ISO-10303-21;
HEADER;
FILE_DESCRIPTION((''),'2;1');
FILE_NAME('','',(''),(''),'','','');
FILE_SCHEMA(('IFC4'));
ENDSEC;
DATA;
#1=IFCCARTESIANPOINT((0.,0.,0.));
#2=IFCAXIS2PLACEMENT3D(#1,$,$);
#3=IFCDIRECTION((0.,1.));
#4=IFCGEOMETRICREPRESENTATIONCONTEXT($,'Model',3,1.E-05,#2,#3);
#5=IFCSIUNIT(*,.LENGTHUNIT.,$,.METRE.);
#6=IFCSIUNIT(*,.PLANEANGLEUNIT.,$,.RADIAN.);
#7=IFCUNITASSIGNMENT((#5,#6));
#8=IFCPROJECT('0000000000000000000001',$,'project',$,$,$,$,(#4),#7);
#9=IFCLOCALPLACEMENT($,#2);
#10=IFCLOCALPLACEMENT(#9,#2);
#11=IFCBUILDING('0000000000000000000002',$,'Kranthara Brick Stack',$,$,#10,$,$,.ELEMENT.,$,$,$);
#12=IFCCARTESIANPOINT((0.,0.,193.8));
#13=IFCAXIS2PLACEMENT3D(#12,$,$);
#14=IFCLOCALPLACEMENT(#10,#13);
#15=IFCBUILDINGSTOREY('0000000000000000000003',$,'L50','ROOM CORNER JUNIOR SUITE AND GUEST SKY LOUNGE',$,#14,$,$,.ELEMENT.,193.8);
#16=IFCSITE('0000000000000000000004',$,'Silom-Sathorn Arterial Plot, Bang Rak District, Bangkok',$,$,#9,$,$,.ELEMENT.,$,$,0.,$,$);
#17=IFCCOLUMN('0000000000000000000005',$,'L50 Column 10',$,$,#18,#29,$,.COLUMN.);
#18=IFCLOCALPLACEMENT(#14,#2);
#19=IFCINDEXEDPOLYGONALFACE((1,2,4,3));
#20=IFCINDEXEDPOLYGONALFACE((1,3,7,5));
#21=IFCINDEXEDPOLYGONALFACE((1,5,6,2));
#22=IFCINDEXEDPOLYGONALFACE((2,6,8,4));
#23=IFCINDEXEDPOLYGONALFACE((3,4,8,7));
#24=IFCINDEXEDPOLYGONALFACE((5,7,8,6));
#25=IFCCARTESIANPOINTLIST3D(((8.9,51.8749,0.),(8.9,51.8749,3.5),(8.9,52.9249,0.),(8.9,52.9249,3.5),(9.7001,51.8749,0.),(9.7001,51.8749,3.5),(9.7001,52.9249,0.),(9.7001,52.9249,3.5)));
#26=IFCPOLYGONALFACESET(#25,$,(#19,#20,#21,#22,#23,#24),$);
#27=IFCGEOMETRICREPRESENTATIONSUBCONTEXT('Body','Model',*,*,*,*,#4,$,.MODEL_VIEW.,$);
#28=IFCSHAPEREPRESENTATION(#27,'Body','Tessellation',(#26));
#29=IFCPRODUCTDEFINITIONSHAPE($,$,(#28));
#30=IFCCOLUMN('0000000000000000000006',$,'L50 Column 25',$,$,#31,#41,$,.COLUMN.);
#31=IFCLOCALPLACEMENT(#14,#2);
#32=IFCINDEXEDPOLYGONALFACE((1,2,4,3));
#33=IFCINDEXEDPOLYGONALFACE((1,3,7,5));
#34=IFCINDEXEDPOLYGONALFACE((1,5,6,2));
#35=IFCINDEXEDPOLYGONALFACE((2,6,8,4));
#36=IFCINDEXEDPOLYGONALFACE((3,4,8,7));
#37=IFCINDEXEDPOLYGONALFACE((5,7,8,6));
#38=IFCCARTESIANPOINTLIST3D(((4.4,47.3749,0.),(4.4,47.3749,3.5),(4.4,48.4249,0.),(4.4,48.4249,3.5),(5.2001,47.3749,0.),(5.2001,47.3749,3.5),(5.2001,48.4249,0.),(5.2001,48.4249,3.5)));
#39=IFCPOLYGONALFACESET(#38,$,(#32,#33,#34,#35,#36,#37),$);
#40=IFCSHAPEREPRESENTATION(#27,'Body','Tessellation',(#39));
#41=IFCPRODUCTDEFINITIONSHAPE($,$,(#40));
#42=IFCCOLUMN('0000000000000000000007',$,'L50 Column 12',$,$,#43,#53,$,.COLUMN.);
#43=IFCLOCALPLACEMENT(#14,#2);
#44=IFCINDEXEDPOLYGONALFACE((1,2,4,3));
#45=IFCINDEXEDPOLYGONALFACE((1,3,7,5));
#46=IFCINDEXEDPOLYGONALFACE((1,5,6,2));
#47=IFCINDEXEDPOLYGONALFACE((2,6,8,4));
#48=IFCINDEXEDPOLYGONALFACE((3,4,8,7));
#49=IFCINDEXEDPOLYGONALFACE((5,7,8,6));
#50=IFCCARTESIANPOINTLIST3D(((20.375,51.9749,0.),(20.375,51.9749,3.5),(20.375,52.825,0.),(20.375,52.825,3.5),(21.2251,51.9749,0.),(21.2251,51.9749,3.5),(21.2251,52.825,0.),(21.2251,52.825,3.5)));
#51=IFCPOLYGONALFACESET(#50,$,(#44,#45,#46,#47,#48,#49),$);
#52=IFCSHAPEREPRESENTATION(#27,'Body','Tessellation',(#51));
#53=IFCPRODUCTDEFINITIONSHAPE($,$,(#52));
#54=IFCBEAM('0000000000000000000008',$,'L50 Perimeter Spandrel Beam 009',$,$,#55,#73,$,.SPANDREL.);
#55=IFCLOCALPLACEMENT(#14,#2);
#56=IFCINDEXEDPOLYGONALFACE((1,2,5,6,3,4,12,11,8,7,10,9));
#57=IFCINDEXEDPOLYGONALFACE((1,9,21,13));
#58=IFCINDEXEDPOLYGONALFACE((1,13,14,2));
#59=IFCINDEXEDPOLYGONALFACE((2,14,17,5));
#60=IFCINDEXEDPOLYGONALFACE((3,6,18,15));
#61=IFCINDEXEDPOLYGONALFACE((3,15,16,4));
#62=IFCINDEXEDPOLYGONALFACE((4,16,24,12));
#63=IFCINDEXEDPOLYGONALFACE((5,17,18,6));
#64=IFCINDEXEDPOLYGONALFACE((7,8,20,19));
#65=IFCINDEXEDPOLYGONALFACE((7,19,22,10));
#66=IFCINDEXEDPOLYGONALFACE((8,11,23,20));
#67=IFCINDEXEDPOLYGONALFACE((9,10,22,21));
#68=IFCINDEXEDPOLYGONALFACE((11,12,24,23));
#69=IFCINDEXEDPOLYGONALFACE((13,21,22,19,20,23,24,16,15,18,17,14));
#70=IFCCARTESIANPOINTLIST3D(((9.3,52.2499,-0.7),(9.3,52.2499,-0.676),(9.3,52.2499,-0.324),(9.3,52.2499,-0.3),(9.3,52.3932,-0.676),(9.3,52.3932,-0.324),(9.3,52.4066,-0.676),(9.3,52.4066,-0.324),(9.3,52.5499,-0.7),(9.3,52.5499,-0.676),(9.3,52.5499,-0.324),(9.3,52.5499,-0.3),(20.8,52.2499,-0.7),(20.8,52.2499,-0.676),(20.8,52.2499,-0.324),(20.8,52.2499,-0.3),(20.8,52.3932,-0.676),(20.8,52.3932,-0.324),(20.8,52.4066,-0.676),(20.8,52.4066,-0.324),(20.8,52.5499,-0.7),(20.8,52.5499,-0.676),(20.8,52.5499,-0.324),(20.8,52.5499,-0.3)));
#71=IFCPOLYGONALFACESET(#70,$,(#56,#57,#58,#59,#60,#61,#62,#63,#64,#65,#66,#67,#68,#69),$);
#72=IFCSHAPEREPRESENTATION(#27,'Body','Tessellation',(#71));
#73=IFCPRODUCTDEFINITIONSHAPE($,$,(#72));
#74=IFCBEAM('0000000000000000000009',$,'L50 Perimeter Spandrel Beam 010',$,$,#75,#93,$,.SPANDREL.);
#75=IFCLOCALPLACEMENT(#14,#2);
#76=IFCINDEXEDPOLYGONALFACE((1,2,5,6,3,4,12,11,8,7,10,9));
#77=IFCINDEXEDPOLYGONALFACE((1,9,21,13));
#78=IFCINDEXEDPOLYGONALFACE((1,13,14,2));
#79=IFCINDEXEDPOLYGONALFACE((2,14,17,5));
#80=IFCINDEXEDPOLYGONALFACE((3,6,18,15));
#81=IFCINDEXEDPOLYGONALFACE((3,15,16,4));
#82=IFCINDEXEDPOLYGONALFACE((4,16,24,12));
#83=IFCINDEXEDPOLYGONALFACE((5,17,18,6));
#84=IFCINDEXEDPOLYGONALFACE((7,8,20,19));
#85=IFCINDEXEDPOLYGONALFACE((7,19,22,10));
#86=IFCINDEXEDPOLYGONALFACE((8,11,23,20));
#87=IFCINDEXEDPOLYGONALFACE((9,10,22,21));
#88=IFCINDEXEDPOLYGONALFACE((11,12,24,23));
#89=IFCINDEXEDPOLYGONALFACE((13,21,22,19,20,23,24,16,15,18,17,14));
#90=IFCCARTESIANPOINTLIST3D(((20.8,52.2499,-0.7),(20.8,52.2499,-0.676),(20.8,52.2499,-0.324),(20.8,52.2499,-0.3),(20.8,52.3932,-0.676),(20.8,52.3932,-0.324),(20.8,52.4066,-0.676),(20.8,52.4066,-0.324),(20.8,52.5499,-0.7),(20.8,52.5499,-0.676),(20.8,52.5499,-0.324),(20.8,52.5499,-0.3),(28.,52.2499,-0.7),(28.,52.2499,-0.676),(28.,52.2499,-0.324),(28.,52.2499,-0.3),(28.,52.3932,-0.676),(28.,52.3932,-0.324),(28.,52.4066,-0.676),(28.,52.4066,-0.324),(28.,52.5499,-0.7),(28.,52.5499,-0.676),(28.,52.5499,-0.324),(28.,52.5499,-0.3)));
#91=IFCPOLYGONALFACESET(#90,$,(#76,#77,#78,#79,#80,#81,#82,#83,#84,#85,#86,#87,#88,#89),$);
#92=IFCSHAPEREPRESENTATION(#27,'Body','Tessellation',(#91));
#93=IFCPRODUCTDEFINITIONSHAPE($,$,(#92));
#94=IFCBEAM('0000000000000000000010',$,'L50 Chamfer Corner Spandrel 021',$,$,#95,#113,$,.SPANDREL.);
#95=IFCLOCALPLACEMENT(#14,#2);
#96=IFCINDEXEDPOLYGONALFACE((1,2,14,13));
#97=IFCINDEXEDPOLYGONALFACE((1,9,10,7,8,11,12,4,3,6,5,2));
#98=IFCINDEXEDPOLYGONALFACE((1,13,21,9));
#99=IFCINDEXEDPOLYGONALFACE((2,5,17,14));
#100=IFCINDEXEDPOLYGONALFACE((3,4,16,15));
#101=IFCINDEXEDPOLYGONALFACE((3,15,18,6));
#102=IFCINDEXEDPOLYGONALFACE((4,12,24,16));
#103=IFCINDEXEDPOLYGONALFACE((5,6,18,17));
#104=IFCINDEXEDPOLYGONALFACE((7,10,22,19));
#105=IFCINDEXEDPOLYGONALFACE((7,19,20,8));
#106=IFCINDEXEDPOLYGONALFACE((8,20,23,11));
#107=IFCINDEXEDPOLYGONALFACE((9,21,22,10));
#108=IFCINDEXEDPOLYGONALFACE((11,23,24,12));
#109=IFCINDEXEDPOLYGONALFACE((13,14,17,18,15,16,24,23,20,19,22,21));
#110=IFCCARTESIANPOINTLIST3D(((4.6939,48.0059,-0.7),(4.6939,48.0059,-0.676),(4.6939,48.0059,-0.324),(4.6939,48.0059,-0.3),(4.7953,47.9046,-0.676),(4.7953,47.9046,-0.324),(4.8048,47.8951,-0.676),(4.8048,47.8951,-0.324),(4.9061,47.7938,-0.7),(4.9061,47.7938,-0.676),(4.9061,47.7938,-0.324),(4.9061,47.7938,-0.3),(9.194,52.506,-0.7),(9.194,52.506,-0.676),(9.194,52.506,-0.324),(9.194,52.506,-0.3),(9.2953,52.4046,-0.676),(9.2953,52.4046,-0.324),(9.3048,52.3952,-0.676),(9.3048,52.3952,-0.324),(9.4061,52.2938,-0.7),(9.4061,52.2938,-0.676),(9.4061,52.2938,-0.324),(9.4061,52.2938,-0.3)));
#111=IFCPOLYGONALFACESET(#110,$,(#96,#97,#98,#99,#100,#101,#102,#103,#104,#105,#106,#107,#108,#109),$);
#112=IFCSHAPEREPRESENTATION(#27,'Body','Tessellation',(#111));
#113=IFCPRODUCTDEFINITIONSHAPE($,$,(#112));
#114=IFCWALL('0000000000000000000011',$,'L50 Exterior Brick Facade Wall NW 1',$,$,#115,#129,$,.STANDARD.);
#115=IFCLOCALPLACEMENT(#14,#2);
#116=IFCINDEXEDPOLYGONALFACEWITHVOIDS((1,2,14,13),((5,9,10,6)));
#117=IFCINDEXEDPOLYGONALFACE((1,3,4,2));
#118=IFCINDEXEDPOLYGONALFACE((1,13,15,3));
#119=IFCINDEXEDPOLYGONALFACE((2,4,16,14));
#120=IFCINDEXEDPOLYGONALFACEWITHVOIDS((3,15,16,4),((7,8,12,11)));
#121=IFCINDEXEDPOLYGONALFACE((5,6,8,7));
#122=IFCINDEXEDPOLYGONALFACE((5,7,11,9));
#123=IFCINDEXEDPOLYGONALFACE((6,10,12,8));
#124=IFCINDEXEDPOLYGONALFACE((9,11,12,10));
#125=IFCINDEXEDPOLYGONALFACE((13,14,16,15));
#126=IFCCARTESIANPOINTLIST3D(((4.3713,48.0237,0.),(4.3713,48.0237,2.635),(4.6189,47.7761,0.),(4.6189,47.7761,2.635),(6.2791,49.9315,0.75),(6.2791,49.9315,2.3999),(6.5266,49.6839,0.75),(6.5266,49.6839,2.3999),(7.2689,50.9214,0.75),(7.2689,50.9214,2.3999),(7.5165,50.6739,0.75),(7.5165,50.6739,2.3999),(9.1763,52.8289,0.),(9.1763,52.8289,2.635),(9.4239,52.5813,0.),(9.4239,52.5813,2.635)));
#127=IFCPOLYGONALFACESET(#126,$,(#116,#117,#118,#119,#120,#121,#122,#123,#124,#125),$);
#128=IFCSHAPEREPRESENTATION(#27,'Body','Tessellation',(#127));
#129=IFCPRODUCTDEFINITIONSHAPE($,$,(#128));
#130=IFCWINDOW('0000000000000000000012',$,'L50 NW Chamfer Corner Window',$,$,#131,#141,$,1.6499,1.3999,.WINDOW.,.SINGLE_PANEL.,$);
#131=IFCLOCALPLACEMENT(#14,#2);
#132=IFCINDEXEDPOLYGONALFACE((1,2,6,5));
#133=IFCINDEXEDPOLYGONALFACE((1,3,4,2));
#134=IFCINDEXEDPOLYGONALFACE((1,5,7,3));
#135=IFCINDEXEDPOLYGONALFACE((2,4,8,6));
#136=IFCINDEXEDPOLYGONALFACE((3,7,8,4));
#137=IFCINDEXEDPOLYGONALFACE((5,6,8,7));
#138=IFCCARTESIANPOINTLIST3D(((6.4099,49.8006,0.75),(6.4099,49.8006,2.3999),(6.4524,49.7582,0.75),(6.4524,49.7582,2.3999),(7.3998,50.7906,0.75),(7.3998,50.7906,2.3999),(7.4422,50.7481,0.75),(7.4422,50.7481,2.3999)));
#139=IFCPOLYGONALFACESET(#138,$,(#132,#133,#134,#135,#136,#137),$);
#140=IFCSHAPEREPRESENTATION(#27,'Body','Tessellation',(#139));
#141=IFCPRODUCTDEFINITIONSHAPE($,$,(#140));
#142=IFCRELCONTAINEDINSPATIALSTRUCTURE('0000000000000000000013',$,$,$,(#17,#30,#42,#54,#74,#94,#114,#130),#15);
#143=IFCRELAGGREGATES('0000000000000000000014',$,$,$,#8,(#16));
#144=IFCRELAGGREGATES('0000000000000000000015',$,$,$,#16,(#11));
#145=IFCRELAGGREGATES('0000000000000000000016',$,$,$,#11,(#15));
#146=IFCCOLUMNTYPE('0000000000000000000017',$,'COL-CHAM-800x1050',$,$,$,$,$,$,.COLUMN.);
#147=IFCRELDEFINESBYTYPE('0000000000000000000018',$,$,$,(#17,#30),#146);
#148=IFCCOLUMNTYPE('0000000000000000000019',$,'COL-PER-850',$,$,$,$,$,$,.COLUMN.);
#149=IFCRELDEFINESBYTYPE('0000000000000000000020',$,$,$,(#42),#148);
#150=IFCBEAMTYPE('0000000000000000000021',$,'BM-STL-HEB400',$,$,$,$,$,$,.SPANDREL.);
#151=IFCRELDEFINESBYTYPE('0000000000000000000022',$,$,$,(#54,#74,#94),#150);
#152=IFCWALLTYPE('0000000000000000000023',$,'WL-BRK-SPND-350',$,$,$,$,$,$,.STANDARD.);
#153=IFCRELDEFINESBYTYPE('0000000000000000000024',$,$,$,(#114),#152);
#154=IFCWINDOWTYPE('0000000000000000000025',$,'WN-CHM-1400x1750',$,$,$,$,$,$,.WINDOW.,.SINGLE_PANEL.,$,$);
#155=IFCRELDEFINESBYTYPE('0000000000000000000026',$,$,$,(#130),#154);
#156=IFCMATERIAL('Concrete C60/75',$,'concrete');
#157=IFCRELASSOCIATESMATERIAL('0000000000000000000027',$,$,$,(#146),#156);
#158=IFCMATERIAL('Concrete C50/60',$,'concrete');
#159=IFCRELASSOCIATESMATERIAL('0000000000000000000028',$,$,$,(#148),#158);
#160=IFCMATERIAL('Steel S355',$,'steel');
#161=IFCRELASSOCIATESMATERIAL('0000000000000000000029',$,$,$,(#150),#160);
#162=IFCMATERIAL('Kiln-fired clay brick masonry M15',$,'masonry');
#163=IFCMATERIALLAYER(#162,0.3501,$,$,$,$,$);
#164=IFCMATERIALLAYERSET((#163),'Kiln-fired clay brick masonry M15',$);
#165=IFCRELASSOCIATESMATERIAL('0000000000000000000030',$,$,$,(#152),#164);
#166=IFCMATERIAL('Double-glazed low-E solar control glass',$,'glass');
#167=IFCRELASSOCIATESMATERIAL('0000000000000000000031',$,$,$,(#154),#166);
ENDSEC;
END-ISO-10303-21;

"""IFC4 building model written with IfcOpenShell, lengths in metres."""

from ifc_helpers import new_model, si_unit, direction, frame, frame_2d, origin, origin_2d, place, context, subcontext, project, spatial, rectangle, i_section, extrude, material, layer, layer_set, material_profile, profile_set, type_object, element, fill, save


model = new_model("IFC4")

# Units and contexts
model_context = context("Model", 3, precision=1e-05, world=origin(), true_north=direction((0.0, 1.0)))
body_context = subcontext(model_context, "Body", "Model", "MODEL_VIEW")
ifc_project = project(units=[si_unit("LENGTHUNIT", "METRE"), si_unit("PLANEANGLEUNIT", "RADIAN")], contexts=[model_context])

# Site, building, storey
site_placement = place(None, origin())
site = spatial("IfcSite", under=ifc_project, at=site_placement, Name="Silom-Sathorn Arterial Plot, Bang Rak District, Bangkok", CompositionType="ELEMENT", RefElevation=0.0)
building_placement = place(site_placement, origin())
building = spatial("IfcBuilding", under=site, at=building_placement, Name="Kranthara Brick Stack", CompositionType="ELEMENT")
storey_placement = place(building_placement, frame((0.0, 0.0, 193.8)))
storey = spatial("IfcBuildingStorey", under=building, at=storey_placement, Name="L50", Description="ROOM CORNER JUNIOR SUITE AND GUEST SKY LOUNGE", CompositionType="ELEMENT", Elevation=193.8)

# Columns
ifc_material_1 = material(Name="Concrete C60/75", Category="concrete")
ifc_material_profile_1 = material_profile(ifc_material_1, rectangle(XDim=0.8, YDim=1.05, at=origin_2d()), Name="RC 800x1050")
ifc_profile_set_1 = profile_set([ifc_material_profile_1], Name="Concrete C60/75")
column_type_1 = type_object("IfcColumnType", Name="COL-CHAM-800x1050", PredefinedType="COLUMN", material=ifc_profile_set_1)
for number, where, z_axis, x_axis, name in (
    (1, (9.3, 52.3999, 0.0), (0.0, 0.0, 1.0), (1.0, 0.0, 0.0), "L50 Column 10"),
    (2, (4.8, 47.8999, 0.0), (0.0, 0.0, 1.0), (1.0, 0.0, 0.0), "L50 Column 25"),
):
    element("IfcColumn", number, at=place(storey_placement, frame(where, z_axis=z_axis, x_axis=x_axis)), inside=storey, type_object=column_type_1, Name=name, PredefinedType="COLUMN", context=body_context, shape_type="SweptSolid", body=[
        extrude(rectangle(XDim=0.8, YDim=1.05, at=origin_2d()), origin(), (0.0, 0.0, 1.0), 3.5),
    ])
ifc_material_2 = material(Name="Concrete C50/60", Category="concrete")
ifc_material_profile_2 = material_profile(ifc_material_2, rectangle(XDim=0.8501, YDim=0.8501, at=origin_2d()), Name="RC 850x850")
ifc_profile_set_2 = profile_set([ifc_material_profile_2], Name="Concrete C50/60")
column_type_2 = type_object("IfcColumnType", Name="COL-PER-850", PredefinedType="COLUMN", material=ifc_profile_set_2)
column_placement = place(storey_placement, frame((20.8, 52.3999, 0.0), z_axis=(0.0, 0.0, 1.0), x_axis=(1.0, 0.0, 0.0)))
element("IfcColumn", 3, at=column_placement, inside=storey, type_object=column_type_2, Name="L50 Column 12", PredefinedType="COLUMN", context=body_context, shape_type="SweptSolid", body=[
    extrude(rectangle(XDim=0.8501, YDim=0.8501, at=origin_2d()), origin(), (0.0, 0.0, 1.0), 3.5),
])

# Beams
ifc_material_3 = material(Name="Steel S355", Category="steel")
ifc_material_profile_3 = material_profile(ifc_material_3, i_section(OverallWidth=0.3, OverallDepth=0.3999, WebThickness=0.0134, FlangeThickness=0.0239, at=origin_2d()), Name="HEB 400")
ifc_profile_set_3 = profile_set([ifc_material_profile_3], Name="Steel S355")
beam_type = type_object("IfcBeamType", Name="BM-STL-HEB400", PredefinedType="SPANDREL", material=ifc_profile_set_3)
beam_1_placement = place(storey_placement, frame((9.3, 52.3999, -0.5), z_axis=(1.0, 0.0, 0.0), x_axis=(0.0, 1.0, 0.0)))
element("IfcBeam", 4, at=beam_1_placement, inside=storey, type_object=beam_type, Name="L50 Perimeter Spandrel Beam 009", PredefinedType="SPANDREL", context=body_context, shape_type="SweptSolid", body=[
    extrude(i_section(OverallWidth=0.3, OverallDepth=0.3999, WebThickness=0.0134, FlangeThickness=0.0239, at=origin_2d()), origin(), (0.0, 0.0, 1.0), 11.5),
])
beam_2_placement = place(storey_placement, frame((20.8, 52.3999, -0.5), z_axis=(1.0, 0.0, 0.0), x_axis=(0.0, 1.0, 0.0)))
element("IfcBeam", 5, at=beam_2_placement, inside=storey, type_object=beam_type, Name="L50 Perimeter Spandrel Beam 010", PredefinedType="SPANDREL", context=body_context, shape_type="SweptSolid", body=[
    extrude(i_section(OverallWidth=0.3, OverallDepth=0.3999, WebThickness=0.0134, FlangeThickness=0.0239, at=origin_2d()), origin(), (0.0, 0.0, 1.0), 7.2),
])
beam_3_placement = place(storey_placement, frame((9.3, 52.3999, -0.5), z_axis=(-0.707107, -0.707107, 0.0), x_axis=(0.707107, -0.707107, 0.0)))
element("IfcBeam", 6, at=beam_3_placement, inside=storey, type_object=beam_type, Name="L50 Chamfer Corner Spandrel 021", PredefinedType="SPANDREL", context=body_context, shape_type="SweptSolid", body=[
    extrude(i_section(OverallWidth=0.3, OverallDepth=0.3999, WebThickness=0.0134, FlangeThickness=0.0239, at=origin_2d()), origin(), (0.0, 0.0, 1.0), 6.364),
])

# Wall, opening, window
ifc_material_4 = material(Name="Kiln-fired clay brick masonry M15", Category="masonry")
ifc_layer_1 = layer(ifc_material_4, 0.3501)
ifc_layer_set_1 = layer_set([ifc_layer_1], Name="Kiln-fired clay brick masonry M15")
wall_type_1 = type_object("IfcWallType", Name="WL-BRK-SPND-350", PredefinedType="STANDARD", material=ifc_layer_set_1)
wall_1_placement = place(storey_placement, frame((4.4951, 47.8999, 0.0), z_axis=(0.0, 0.0, 1.0), x_axis=(0.707089, 0.707125, 0.0)))
wall_1 = element("IfcWall", 7, at=wall_1_placement, inside=storey, type_object=wall_type_1, Name="L50 Exterior Brick Facade Wall NW 1", PredefinedType="STANDARD", context=body_context, shape_type="SweptSolid", body=[
    extrude(rectangle(XDim=6.7954, YDim=0.3501, at=frame_2d((3.3977, 0.0))), origin(), (0.0, 0.0, 1.0), 2.635),
])
opening_1_placement = place(wall_1_placement, frame((2.698, 0.0, 0.75)))
opening_1 = element("IfcOpeningElement", 8, at=opening_1_placement, cuts=wall_1, PredefinedType="OPENING", context=body_context, shape_type="SweptSolid", body=[
    extrude(rectangle(XDim=1.3999, YDim=1.6499, at=frame_2d((0.7, 0.825))), frame((0.0, 0.1851, 0.0), z_axis=(0.0, -1.0, 0.0), x_axis=(1.0, 0.0, 0.0)), (0.0, 0.0, 1.0), 0.3701),
])
ifc_material_5 = material(Name="Double-glazed low-E solar control glass", Category="glass")
window_type_1 = type_object("IfcWindowType", Name="WN-CHM-1400x1750", PartitioningType="SINGLE_PANEL", PredefinedType="WINDOW", material=ifc_material_5)
window_1_placement = place(opening_1_placement, origin())
window_1 = element("IfcWindow", 9, at=window_1_placement, inside=storey, type_object=window_type_1, Name="L50 NW Chamfer Corner Window", OverallHeight=1.6499, OverallWidth=1.3999, PartitioningType="SINGLE_PANEL", PredefinedType="WINDOW", context=body_context, shape_type="SweptSolid", body=[
    extrude(rectangle(XDim=1.3999, YDim=1.6499, at=frame_2d((0.7, 0.825))), frame((0.0, -0.01, 0.0), z_axis=(0.0, -1.0, 0.0), x_axis=(1.0, 0.0, 0.0)), (0.0, 0.0, 1.0), 0.0601),
])
fill(opening_1, window_1)

save(model, "model.ifc")
